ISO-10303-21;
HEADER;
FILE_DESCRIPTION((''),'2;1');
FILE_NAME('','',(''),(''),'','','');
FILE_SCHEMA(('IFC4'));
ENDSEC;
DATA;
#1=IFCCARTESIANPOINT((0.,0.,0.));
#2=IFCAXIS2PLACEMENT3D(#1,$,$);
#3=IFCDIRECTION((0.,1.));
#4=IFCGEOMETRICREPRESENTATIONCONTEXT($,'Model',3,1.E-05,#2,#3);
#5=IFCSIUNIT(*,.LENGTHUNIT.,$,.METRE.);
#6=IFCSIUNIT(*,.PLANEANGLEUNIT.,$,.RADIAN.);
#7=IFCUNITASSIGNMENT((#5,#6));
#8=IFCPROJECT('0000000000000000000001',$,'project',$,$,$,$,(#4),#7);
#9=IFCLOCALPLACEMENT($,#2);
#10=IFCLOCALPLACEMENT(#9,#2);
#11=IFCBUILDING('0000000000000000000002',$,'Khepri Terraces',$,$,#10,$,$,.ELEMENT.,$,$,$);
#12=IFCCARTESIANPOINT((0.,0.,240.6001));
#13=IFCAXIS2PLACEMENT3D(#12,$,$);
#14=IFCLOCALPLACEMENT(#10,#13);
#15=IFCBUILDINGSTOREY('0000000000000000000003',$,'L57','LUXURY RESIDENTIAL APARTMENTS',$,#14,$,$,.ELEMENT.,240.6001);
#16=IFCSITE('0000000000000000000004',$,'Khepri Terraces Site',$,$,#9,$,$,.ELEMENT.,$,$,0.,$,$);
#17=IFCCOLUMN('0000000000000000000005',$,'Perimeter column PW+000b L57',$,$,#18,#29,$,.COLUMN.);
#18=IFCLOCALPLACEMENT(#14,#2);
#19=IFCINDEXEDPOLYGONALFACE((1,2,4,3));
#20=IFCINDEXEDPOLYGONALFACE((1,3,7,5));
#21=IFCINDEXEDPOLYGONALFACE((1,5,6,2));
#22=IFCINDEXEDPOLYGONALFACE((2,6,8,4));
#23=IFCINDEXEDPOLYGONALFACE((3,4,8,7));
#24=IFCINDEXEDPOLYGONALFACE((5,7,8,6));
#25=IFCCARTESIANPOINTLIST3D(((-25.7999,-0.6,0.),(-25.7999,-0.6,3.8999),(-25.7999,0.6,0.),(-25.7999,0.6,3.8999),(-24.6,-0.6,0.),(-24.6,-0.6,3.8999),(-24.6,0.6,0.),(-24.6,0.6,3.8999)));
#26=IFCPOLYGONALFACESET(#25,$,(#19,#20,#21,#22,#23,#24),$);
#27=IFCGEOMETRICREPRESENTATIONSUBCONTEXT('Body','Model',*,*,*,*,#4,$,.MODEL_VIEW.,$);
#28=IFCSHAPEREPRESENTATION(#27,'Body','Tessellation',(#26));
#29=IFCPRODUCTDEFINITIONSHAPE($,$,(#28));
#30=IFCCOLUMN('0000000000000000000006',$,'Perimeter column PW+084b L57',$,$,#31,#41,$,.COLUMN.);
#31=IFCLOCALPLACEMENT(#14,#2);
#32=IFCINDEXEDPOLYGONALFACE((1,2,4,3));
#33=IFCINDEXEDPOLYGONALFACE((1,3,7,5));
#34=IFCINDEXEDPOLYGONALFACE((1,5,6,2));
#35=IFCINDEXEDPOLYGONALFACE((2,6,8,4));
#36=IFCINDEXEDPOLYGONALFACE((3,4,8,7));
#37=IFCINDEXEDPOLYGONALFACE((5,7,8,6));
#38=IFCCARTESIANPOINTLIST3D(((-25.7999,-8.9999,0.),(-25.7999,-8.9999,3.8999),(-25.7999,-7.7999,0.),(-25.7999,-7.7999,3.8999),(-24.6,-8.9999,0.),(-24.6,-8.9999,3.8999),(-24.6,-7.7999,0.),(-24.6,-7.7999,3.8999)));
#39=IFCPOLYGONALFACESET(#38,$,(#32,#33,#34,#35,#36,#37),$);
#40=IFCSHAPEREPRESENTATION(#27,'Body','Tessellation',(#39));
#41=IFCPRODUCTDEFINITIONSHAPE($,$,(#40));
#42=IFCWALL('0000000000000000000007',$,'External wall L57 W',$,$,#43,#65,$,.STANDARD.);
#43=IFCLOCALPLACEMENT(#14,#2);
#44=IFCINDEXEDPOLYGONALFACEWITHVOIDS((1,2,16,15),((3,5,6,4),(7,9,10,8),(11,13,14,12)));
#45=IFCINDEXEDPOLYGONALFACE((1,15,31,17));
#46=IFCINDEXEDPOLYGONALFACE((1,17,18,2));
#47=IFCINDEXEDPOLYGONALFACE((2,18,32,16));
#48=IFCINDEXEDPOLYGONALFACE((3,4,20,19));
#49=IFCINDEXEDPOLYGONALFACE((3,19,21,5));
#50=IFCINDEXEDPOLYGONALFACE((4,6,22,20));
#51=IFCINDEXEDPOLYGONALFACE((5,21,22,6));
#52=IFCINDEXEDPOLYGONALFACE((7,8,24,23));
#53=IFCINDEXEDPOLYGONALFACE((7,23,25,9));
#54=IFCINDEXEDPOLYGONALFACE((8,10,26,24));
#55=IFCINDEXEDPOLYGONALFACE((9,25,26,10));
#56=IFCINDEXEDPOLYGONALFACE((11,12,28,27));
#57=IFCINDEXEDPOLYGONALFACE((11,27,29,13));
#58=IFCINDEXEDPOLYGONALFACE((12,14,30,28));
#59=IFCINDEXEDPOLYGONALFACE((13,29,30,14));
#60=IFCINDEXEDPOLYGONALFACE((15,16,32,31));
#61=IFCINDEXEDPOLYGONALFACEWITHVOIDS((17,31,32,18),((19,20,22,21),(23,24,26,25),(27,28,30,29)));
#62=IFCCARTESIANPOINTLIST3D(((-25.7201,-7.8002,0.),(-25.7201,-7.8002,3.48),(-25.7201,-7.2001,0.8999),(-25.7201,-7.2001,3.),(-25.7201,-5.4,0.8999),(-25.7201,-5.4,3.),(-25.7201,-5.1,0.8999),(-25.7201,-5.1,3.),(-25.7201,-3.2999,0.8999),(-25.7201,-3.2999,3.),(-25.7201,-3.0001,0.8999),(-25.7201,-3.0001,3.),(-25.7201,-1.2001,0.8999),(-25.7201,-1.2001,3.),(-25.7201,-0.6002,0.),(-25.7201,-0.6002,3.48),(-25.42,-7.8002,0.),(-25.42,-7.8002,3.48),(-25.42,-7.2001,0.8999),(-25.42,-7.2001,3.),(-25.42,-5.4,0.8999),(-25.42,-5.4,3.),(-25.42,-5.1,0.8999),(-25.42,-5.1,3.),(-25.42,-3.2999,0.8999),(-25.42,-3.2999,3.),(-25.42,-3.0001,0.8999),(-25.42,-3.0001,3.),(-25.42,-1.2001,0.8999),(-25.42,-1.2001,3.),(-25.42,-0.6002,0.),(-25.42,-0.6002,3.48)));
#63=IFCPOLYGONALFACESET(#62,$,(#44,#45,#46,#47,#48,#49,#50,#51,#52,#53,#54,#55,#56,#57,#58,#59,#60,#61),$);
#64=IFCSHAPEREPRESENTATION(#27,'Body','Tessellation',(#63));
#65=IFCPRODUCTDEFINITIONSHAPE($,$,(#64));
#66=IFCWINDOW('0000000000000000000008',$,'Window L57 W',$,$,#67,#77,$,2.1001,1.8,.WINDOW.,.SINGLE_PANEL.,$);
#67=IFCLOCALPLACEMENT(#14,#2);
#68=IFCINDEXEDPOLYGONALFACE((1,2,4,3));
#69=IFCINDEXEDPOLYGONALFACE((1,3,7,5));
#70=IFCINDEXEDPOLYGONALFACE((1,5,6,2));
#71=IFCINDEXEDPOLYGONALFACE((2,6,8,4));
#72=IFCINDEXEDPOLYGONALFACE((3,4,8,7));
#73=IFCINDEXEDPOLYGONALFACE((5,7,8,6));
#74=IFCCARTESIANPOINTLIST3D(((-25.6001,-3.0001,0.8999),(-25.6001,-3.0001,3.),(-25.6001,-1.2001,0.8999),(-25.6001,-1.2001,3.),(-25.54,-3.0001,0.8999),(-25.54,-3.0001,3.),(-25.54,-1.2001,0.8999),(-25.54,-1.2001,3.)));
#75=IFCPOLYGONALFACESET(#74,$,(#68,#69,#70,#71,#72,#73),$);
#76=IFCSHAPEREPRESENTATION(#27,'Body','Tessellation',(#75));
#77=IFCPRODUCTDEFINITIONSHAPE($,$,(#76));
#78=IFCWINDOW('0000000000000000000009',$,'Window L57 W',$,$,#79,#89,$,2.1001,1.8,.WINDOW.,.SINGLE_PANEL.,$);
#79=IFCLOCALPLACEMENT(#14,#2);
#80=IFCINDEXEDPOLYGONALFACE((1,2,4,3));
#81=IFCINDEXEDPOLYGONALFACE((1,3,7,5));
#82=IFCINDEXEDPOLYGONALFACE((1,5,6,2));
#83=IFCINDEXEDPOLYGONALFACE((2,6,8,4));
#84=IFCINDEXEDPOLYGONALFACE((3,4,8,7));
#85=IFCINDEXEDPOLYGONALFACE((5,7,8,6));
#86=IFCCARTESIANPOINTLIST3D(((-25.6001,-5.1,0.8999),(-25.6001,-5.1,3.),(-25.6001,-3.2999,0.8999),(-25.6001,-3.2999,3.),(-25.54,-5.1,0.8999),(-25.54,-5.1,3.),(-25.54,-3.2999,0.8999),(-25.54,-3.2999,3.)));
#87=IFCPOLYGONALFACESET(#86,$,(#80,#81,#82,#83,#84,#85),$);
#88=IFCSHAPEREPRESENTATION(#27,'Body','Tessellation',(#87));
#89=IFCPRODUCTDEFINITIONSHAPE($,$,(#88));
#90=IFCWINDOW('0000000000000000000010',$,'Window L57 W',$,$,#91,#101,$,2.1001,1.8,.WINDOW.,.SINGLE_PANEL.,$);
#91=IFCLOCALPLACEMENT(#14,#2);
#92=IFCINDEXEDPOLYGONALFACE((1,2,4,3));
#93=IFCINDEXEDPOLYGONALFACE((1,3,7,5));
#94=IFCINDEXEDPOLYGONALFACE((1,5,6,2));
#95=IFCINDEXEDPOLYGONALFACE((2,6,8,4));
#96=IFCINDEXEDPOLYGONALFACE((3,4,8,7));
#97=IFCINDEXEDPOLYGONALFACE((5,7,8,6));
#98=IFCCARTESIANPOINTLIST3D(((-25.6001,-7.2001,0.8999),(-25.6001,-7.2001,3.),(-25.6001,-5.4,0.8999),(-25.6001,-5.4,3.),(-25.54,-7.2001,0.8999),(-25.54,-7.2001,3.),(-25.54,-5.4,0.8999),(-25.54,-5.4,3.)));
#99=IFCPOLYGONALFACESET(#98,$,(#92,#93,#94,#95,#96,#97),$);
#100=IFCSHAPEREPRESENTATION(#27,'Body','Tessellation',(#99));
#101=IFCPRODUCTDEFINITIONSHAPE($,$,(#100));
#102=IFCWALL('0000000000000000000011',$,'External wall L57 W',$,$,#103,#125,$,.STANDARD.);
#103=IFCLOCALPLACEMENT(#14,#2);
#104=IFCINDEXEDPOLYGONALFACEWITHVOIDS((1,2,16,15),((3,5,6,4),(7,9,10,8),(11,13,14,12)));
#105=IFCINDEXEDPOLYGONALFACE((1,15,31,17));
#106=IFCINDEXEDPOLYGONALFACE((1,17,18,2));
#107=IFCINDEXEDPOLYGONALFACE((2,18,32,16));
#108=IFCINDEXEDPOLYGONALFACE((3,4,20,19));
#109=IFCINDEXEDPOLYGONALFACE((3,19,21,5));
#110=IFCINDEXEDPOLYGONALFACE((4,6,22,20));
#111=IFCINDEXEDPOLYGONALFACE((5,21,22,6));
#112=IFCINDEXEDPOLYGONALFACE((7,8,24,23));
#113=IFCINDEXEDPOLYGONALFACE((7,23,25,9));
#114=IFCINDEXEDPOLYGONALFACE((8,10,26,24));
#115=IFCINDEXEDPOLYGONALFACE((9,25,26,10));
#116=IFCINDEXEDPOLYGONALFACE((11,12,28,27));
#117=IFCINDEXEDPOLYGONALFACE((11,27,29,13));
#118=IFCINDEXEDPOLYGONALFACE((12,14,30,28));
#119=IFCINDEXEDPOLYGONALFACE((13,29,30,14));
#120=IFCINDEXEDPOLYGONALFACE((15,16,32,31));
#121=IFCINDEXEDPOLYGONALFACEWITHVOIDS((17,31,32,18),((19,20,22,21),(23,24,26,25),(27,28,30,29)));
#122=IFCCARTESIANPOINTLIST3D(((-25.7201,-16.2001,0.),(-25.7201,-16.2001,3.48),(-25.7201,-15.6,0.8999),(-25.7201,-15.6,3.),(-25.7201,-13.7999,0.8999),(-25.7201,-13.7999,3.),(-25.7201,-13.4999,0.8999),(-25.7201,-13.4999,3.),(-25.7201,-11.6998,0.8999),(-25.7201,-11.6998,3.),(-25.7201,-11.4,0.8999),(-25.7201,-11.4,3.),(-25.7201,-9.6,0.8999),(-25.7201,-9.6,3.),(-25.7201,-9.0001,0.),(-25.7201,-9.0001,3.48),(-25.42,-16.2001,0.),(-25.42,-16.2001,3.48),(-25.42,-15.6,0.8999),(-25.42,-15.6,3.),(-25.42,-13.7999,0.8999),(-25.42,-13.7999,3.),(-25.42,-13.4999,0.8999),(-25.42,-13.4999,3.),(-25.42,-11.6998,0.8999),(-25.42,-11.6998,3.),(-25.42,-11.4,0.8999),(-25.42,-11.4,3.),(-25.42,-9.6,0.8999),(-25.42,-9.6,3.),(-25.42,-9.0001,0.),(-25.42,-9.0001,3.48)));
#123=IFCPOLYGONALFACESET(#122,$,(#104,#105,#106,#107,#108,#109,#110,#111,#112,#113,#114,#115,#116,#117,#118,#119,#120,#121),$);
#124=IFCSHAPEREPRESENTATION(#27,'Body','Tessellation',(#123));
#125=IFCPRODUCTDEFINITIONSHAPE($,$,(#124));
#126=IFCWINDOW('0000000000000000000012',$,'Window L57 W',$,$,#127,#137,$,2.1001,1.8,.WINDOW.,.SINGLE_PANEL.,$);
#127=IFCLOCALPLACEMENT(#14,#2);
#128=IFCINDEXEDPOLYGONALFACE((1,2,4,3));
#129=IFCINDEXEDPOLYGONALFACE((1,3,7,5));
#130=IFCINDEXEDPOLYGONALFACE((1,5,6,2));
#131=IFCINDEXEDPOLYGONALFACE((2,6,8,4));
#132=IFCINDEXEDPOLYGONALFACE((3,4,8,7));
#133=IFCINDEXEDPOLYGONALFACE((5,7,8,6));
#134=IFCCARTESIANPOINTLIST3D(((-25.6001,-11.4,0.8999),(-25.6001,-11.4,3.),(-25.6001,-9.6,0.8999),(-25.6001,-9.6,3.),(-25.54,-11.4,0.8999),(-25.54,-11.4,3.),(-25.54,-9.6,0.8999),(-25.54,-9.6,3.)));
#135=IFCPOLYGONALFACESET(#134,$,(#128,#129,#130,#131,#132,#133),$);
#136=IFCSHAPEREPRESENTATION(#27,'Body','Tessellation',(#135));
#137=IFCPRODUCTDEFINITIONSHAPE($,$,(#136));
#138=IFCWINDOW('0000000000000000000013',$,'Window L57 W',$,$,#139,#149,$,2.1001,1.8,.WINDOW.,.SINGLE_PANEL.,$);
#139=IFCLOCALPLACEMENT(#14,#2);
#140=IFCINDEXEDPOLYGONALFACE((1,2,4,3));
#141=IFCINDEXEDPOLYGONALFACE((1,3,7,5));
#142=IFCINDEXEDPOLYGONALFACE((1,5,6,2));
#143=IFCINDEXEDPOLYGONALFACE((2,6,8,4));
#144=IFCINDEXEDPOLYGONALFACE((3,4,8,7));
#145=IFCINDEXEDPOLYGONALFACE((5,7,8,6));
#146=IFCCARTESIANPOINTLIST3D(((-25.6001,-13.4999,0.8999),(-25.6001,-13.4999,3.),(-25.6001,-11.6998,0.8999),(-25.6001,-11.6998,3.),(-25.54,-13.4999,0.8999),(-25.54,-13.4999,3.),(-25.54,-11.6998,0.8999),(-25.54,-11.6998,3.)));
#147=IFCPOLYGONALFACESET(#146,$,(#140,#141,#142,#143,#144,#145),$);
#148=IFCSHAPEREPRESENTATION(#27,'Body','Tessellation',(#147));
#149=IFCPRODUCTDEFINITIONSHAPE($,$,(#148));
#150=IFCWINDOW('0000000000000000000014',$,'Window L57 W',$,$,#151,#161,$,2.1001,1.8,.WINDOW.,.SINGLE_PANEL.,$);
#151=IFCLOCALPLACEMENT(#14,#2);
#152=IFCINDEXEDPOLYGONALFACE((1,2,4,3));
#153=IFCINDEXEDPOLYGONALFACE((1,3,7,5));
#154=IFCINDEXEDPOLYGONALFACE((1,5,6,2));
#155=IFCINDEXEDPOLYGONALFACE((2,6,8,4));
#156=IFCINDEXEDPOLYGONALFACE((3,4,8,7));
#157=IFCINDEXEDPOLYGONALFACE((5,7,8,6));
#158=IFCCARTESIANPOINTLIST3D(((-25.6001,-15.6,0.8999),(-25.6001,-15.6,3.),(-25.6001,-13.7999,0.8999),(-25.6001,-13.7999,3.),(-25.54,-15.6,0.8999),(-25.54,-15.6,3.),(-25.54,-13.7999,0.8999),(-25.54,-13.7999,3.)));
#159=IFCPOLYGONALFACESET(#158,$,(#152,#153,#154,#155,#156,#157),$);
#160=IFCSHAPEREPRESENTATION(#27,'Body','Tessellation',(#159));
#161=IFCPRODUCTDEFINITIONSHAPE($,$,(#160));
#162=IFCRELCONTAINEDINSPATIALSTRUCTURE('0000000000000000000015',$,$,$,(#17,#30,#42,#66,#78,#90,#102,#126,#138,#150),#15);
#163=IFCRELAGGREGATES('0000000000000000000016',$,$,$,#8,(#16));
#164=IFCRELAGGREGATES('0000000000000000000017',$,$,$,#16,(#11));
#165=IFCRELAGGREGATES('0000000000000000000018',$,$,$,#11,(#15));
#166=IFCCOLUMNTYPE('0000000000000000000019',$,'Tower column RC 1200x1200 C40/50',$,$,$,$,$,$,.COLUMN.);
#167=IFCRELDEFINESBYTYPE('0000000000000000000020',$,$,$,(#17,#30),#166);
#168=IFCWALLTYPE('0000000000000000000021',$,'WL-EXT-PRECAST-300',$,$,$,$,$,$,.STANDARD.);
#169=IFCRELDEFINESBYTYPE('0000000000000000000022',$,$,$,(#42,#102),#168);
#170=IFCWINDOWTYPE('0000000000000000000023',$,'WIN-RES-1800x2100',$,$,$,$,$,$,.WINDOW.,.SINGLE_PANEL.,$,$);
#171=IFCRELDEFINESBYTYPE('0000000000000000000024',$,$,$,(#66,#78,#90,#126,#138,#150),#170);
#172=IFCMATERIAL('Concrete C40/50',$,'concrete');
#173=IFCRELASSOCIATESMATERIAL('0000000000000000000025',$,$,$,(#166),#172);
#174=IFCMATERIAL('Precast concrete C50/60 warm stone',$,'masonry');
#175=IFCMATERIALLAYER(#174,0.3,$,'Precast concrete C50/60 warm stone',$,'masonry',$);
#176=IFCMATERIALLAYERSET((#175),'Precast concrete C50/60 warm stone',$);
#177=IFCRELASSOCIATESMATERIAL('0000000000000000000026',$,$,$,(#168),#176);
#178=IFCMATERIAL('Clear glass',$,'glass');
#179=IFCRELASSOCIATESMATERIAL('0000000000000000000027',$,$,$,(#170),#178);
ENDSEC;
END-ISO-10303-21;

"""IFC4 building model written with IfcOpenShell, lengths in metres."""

from ifc_helpers import new_model, si_unit, direction, frame, frame_2d, origin, origin_2d, place, context, subcontext, project, spatial, rectangle, extrude, material, layer, layer_set, material_profile, profile_set, type_object, element, fill, save


model = new_model("IFC4")

# Units and contexts
model_context = context("Model", 3, precision=1e-05, world=origin(), true_north=direction((0.0, 1.0)))
body_context = subcontext(model_context, "Body", "Model", "MODEL_VIEW")
ifc_project = project(units=[si_unit("LENGTHUNIT", "METRE"), si_unit("PLANEANGLEUNIT", "RADIAN")], contexts=[model_context])

# Site, building, storey
site_placement = place(None, origin())
site = spatial("IfcSite", under=ifc_project, at=site_placement, Name="Khepri Terraces Site", CompositionType="ELEMENT", RefElevation=0.0)
building_placement = place(site_placement, origin())
building = spatial("IfcBuilding", under=site, at=building_placement, Name="Khepri Terraces", CompositionType="ELEMENT")
storey_placement = place(building_placement, frame((0.0, 0.0, 240.6001)))
storey = spatial("IfcBuildingStorey", under=building, at=storey_placement, Name="L57", Description="LUXURY RESIDENTIAL APARTMENTS", CompositionType="ELEMENT", Elevation=240.6001)

# Columns
ifc_material_1 = material(Name="Concrete C40/50", Category="concrete")
ifc_material_profile = material_profile(ifc_material_1, rectangle(XDim=1.2, YDim=1.2, at=origin_2d()), Name="Concrete C40/50", Category="concrete")
ifc_profile_set = profile_set([ifc_material_profile], Name="Concrete C40/50")
column_type = type_object("IfcColumnType", Name="Tower column RC 1200x1200 C40/50", PredefinedType="COLUMN", material=ifc_profile_set)
for number, where, z_axis, x_axis, name in (
    (1, (-25.2, 0.0, 0.0), (0.0, 0.0, 1.0), (1.0, 0.0, 0.0), "Perimeter column PW+000b L57"),
    (2, (-25.2, -8.3999, 0.0), (0.0, 0.0, 1.0), (1.0, 0.0, 0.0), "Perimeter column PW+084b L57"),
):
    element("IfcColumn", number, at=place(storey_placement, frame(where, z_axis=z_axis, x_axis=x_axis)), inside=storey, type_object=column_type, Name=name, PredefinedType="COLUMN", context=body_context, shape_type="SweptSolid", body=[
        extrude(rectangle(XDim=1.2, YDim=1.2, at=origin_2d()), origin(), (0.0, 0.0, 1.0), 3.8999),
    ])

# Walls, openings, windows
ifc_material_2 = material(Name="Precast concrete C50/60 warm stone", Category="masonry")
ifc_layer_1 = layer(ifc_material_2, 0.3, Name="Precast concrete C50/60 warm stone", Category="masonry")
ifc_layer_set_1 = layer_set([ifc_layer_1], Name="Precast concrete C50/60 warm stone")
wall_type_1 = type_object("IfcWallType", Name="WL-EXT-PRECAST-300", PredefinedType="STANDARD", material=ifc_layer_set_1)
wall_1_placement = place(storey_placement, frame((-25.5701, -0.6001, 0.0), z_axis=(0.0, 0.0, 1.0), x_axis=(0.0, -1.0, 0.0)))
wall_1 = element("IfcWall", 3, at=wall_1_placement, inside=storey, type_object=wall_type_1, Name="External wall L57 W", PredefinedType="STANDARD", context=body_context, shape_type="SweptSolid", body=[
    extrude(rectangle(XDim=7.2, YDim=0.3, at=frame_2d((3.6001, 0.0))), origin(), (0.0, 0.0, 1.0), 3.48),
])
opening_1_placement = place(wall_1_placement, frame((0.6001, 0.0, 0.8999)))
opening_1 = element("IfcOpeningElement", 4, at=opening_1_placement, cuts=wall_1, PredefinedType="OPENING", context=body_context, shape_type="SweptSolid", body=[
    extrude(rectangle(XDim=1.8, YDim=2.1001, at=frame_2d((0.8999, 1.05))), frame((0.0, 0.1602, 0.0), z_axis=(0.0, -1.0, 0.0), x_axis=(1.0, 0.0, 0.0)), (0.0, 0.0, 1.0), 0.3201),
])
opening_2_placement = place(wall_1_placement, frame((2.7, 0.0, 0.8999)))
opening_2 = element("IfcOpeningElement", 5, at=opening_2_placement, cuts=wall_1, PredefinedType="OPENING", context=body_context, shape_type="SweptSolid", body=[
    extrude(rectangle(XDim=1.8, YDim=2.1001, at=frame_2d((0.8999, 1.05))), frame((0.0, 0.1602, 0.0), z_axis=(0.0, -1.0, 0.0), x_axis=(1.0, 0.0, 0.0)), (0.0, 0.0, 1.0), 0.3201),
])
opening_3_placement = place(wall_1_placement, frame((4.8, 0.0, 0.8999)))
opening_3 = element("IfcOpeningElement", 6, at=opening_3_placement, cuts=wall_1, PredefinedType="OPENING", context=body_context, shape_type="SweptSolid", body=[
    extrude(rectangle(XDim=1.8, YDim=2.1001, at=frame_2d((0.8999, 1.05))), frame((0.0, 0.1602, 0.0), z_axis=(0.0, -1.0, 0.0), x_axis=(1.0, 0.0, 0.0)), (0.0, 0.0, 1.0), 0.3201),
])
ifc_material_3 = material(Name="Clear glass", Category="glass")
window_type = type_object("IfcWindowType", Name="WIN-RES-1800x2100", PartitioningType="SINGLE_PANEL", PredefinedType="WINDOW", material=ifc_material_3)
window_1_placement = place(opening_1_placement, origin())
window_1 = element("IfcWindow", 7, at=window_1_placement, inside=storey, type_object=window_type, Name="Window L57 W", OverallHeight=2.1001, OverallWidth=1.8, PartitioningType="SINGLE_PANEL", PredefinedType="WINDOW", context=body_context, shape_type="SweptSolid", body=[
    extrude(rectangle(XDim=1.8, YDim=2.1001, at=frame_2d((0.8999, 1.05))), frame((0.0, 0.03, 0.0), z_axis=(0.0, -1.0, 0.0), x_axis=(1.0, 0.0, 0.0)), (0.0, 0.0, 1.0), 0.0601),
])
fill(opening_1, window_1)
window_2_placement = place(opening_2_placement, origin())
window_2 = element("IfcWindow", 8, at=window_2_placement, inside=storey, type_object=window_type, Name="Window L57 W", OverallHeight=2.1001, OverallWidth=1.8, PartitioningType="SINGLE_PANEL", PredefinedType="WINDOW", context=body_context, shape_type="SweptSolid", body=[
    extrude(rectangle(XDim=1.8, YDim=2.1001, at=frame_2d((0.8999, 1.05))), frame((0.0, 0.03, 0.0), z_axis=(0.0, -1.0, 0.0), x_axis=(1.0, 0.0, 0.0)), (0.0, 0.0, 1.0), 0.0601),
])
fill(opening_2, window_2)
window_3_placement = place(opening_3_placement, origin())
window_3 = element("IfcWindow", 9, at=window_3_placement, inside=storey, type_object=window_type, Name="Window L57 W", OverallHeight=2.1001, OverallWidth=1.8, PartitioningType="SINGLE_PANEL", PredefinedType="WINDOW", context=body_context, shape_type="SweptSolid", body=[
    extrude(rectangle(XDim=1.8, YDim=2.1001, at=frame_2d((0.8999, 1.05))), frame((0.0, 0.03, 0.0), z_axis=(0.0, -1.0, 0.0), x_axis=(1.0, 0.0, 0.0)), (0.0, 0.0, 1.0), 0.0601),
])
fill(opening_3, window_3)
wall_2_placement = place(storey_placement, frame((-25.5701, -9.0, 0.0), z_axis=(0.0, 0.0, 1.0), x_axis=(0.0, -1.0, 0.0)))
wall_2 = element("IfcWall", 10, at=wall_2_placement, inside=storey, type_object=wall_type_1, Name="External wall L57 W", PredefinedType="STANDARD", context=body_context, shape_type="SweptSolid", body=[
    extrude(rectangle(XDim=7.2, YDim=0.3, at=frame_2d((3.6001, 0.0))), origin(), (0.0, 0.0, 1.0), 3.48),
])
opening_4_placement = place(wall_2_placement, frame((0.6001, 0.0, 0.8999)))
opening_4 = element("IfcOpeningElement", 11, at=opening_4_placement, cuts=wall_2, PredefinedType="OPENING", context=body_context, shape_type="SweptSolid", body=[
    extrude(rectangle(XDim=1.8, YDim=2.1001, at=frame_2d((0.8999, 1.05))), frame((0.0, 0.1602, 0.0), z_axis=(0.0, -1.0, 0.0), x_axis=(1.0, 0.0, 0.0)), (0.0, 0.0, 1.0), 0.3201),
])
opening_5_placement = place(wall_2_placement, frame((2.7, 0.0, 0.8999)))
opening_5 = element("IfcOpeningElement", 12, at=opening_5_placement, cuts=wall_2, PredefinedType="OPENING", context=body_context, shape_type="SweptSolid", body=[
    extrude(rectangle(XDim=1.8, YDim=2.1001, at=frame_2d((0.8999, 1.05))), frame((0.0, 0.1602, 0.0), z_axis=(0.0, -1.0, 0.0), x_axis=(1.0, 0.0, 0.0)), (0.0, 0.0, 1.0), 0.3201),
])
opening_6_placement = place(wall_2_placement, frame((4.8, 0.0, 0.8999)))
opening_6 = element("IfcOpeningElement", 13, at=opening_6_placement, cuts=wall_2, PredefinedType="OPENING", context=body_context, shape_type="SweptSolid", body=[
    extrude(rectangle(XDim=1.8, YDim=2.1001, at=frame_2d((0.8999, 1.05))), frame((0.0, 0.1602, 0.0), z_axis=(0.0, -1.0, 0.0), x_axis=(1.0, 0.0, 0.0)), (0.0, 0.0, 1.0), 0.3201),
])
window_4_placement = place(opening_4_placement, origin())
window_4 = element("IfcWindow", 14, at=window_4_placement, inside=storey, type_object=window_type, Name="Window L57 W", OverallHeight=2.1001, OverallWidth=1.8, PartitioningType="SINGLE_PANEL", PredefinedType="WINDOW", context=body_context, shape_type="SweptSolid", body=[
    extrude(rectangle(XDim=1.8, YDim=2.1001, at=frame_2d((0.8999, 1.05))), frame((0.0, 0.03, 0.0), z_axis=(0.0, -1.0, 0.0), x_axis=(1.0, 0.0, 0.0)), (0.0, 0.0, 1.0), 0.0601),
])
fill(opening_4, window_4)
window_5_placement = place(opening_5_placement, origin())
window_5 = element("IfcWindow", 15, at=window_5_placement, inside=storey, type_object=window_type, Name="Window L57 W", OverallHeight=2.1001, OverallWidth=1.8, PartitioningType="SINGLE_PANEL", PredefinedType="WINDOW", context=body_context, shape_type="SweptSolid", body=[
    extrude(rectangle(XDim=1.8, YDim=2.1001, at=frame_2d((0.8999, 1.05))), frame((0.0, 0.03, 0.0), z_axis=(0.0, -1.0, 0.0), x_axis=(1.0, 0.0, 0.0)), (0.0, 0.0, 1.0), 0.0601),
])
fill(opening_5, window_5)
window_6_placement = place(opening_6_placement, origin())
window_6 = element("IfcWindow", 16, at=window_6_placement, inside=storey, type_object=window_type, Name="Window L57 W", OverallHeight=2.1001, OverallWidth=1.8, PartitioningType="SINGLE_PANEL", PredefinedType="WINDOW", context=body_context, shape_type="SweptSolid", body=[
    extrude(rectangle(XDim=1.8, YDim=2.1001, at=frame_2d((0.8999, 1.05))), frame((0.0, 0.03, 0.0), z_axis=(0.0, -1.0, 0.0), x_axis=(1.0, 0.0, 0.0)), (0.0, 0.0, 1.0), 0.0601),
])
fill(opening_6, window_6)

save(model, "model.ifc")
